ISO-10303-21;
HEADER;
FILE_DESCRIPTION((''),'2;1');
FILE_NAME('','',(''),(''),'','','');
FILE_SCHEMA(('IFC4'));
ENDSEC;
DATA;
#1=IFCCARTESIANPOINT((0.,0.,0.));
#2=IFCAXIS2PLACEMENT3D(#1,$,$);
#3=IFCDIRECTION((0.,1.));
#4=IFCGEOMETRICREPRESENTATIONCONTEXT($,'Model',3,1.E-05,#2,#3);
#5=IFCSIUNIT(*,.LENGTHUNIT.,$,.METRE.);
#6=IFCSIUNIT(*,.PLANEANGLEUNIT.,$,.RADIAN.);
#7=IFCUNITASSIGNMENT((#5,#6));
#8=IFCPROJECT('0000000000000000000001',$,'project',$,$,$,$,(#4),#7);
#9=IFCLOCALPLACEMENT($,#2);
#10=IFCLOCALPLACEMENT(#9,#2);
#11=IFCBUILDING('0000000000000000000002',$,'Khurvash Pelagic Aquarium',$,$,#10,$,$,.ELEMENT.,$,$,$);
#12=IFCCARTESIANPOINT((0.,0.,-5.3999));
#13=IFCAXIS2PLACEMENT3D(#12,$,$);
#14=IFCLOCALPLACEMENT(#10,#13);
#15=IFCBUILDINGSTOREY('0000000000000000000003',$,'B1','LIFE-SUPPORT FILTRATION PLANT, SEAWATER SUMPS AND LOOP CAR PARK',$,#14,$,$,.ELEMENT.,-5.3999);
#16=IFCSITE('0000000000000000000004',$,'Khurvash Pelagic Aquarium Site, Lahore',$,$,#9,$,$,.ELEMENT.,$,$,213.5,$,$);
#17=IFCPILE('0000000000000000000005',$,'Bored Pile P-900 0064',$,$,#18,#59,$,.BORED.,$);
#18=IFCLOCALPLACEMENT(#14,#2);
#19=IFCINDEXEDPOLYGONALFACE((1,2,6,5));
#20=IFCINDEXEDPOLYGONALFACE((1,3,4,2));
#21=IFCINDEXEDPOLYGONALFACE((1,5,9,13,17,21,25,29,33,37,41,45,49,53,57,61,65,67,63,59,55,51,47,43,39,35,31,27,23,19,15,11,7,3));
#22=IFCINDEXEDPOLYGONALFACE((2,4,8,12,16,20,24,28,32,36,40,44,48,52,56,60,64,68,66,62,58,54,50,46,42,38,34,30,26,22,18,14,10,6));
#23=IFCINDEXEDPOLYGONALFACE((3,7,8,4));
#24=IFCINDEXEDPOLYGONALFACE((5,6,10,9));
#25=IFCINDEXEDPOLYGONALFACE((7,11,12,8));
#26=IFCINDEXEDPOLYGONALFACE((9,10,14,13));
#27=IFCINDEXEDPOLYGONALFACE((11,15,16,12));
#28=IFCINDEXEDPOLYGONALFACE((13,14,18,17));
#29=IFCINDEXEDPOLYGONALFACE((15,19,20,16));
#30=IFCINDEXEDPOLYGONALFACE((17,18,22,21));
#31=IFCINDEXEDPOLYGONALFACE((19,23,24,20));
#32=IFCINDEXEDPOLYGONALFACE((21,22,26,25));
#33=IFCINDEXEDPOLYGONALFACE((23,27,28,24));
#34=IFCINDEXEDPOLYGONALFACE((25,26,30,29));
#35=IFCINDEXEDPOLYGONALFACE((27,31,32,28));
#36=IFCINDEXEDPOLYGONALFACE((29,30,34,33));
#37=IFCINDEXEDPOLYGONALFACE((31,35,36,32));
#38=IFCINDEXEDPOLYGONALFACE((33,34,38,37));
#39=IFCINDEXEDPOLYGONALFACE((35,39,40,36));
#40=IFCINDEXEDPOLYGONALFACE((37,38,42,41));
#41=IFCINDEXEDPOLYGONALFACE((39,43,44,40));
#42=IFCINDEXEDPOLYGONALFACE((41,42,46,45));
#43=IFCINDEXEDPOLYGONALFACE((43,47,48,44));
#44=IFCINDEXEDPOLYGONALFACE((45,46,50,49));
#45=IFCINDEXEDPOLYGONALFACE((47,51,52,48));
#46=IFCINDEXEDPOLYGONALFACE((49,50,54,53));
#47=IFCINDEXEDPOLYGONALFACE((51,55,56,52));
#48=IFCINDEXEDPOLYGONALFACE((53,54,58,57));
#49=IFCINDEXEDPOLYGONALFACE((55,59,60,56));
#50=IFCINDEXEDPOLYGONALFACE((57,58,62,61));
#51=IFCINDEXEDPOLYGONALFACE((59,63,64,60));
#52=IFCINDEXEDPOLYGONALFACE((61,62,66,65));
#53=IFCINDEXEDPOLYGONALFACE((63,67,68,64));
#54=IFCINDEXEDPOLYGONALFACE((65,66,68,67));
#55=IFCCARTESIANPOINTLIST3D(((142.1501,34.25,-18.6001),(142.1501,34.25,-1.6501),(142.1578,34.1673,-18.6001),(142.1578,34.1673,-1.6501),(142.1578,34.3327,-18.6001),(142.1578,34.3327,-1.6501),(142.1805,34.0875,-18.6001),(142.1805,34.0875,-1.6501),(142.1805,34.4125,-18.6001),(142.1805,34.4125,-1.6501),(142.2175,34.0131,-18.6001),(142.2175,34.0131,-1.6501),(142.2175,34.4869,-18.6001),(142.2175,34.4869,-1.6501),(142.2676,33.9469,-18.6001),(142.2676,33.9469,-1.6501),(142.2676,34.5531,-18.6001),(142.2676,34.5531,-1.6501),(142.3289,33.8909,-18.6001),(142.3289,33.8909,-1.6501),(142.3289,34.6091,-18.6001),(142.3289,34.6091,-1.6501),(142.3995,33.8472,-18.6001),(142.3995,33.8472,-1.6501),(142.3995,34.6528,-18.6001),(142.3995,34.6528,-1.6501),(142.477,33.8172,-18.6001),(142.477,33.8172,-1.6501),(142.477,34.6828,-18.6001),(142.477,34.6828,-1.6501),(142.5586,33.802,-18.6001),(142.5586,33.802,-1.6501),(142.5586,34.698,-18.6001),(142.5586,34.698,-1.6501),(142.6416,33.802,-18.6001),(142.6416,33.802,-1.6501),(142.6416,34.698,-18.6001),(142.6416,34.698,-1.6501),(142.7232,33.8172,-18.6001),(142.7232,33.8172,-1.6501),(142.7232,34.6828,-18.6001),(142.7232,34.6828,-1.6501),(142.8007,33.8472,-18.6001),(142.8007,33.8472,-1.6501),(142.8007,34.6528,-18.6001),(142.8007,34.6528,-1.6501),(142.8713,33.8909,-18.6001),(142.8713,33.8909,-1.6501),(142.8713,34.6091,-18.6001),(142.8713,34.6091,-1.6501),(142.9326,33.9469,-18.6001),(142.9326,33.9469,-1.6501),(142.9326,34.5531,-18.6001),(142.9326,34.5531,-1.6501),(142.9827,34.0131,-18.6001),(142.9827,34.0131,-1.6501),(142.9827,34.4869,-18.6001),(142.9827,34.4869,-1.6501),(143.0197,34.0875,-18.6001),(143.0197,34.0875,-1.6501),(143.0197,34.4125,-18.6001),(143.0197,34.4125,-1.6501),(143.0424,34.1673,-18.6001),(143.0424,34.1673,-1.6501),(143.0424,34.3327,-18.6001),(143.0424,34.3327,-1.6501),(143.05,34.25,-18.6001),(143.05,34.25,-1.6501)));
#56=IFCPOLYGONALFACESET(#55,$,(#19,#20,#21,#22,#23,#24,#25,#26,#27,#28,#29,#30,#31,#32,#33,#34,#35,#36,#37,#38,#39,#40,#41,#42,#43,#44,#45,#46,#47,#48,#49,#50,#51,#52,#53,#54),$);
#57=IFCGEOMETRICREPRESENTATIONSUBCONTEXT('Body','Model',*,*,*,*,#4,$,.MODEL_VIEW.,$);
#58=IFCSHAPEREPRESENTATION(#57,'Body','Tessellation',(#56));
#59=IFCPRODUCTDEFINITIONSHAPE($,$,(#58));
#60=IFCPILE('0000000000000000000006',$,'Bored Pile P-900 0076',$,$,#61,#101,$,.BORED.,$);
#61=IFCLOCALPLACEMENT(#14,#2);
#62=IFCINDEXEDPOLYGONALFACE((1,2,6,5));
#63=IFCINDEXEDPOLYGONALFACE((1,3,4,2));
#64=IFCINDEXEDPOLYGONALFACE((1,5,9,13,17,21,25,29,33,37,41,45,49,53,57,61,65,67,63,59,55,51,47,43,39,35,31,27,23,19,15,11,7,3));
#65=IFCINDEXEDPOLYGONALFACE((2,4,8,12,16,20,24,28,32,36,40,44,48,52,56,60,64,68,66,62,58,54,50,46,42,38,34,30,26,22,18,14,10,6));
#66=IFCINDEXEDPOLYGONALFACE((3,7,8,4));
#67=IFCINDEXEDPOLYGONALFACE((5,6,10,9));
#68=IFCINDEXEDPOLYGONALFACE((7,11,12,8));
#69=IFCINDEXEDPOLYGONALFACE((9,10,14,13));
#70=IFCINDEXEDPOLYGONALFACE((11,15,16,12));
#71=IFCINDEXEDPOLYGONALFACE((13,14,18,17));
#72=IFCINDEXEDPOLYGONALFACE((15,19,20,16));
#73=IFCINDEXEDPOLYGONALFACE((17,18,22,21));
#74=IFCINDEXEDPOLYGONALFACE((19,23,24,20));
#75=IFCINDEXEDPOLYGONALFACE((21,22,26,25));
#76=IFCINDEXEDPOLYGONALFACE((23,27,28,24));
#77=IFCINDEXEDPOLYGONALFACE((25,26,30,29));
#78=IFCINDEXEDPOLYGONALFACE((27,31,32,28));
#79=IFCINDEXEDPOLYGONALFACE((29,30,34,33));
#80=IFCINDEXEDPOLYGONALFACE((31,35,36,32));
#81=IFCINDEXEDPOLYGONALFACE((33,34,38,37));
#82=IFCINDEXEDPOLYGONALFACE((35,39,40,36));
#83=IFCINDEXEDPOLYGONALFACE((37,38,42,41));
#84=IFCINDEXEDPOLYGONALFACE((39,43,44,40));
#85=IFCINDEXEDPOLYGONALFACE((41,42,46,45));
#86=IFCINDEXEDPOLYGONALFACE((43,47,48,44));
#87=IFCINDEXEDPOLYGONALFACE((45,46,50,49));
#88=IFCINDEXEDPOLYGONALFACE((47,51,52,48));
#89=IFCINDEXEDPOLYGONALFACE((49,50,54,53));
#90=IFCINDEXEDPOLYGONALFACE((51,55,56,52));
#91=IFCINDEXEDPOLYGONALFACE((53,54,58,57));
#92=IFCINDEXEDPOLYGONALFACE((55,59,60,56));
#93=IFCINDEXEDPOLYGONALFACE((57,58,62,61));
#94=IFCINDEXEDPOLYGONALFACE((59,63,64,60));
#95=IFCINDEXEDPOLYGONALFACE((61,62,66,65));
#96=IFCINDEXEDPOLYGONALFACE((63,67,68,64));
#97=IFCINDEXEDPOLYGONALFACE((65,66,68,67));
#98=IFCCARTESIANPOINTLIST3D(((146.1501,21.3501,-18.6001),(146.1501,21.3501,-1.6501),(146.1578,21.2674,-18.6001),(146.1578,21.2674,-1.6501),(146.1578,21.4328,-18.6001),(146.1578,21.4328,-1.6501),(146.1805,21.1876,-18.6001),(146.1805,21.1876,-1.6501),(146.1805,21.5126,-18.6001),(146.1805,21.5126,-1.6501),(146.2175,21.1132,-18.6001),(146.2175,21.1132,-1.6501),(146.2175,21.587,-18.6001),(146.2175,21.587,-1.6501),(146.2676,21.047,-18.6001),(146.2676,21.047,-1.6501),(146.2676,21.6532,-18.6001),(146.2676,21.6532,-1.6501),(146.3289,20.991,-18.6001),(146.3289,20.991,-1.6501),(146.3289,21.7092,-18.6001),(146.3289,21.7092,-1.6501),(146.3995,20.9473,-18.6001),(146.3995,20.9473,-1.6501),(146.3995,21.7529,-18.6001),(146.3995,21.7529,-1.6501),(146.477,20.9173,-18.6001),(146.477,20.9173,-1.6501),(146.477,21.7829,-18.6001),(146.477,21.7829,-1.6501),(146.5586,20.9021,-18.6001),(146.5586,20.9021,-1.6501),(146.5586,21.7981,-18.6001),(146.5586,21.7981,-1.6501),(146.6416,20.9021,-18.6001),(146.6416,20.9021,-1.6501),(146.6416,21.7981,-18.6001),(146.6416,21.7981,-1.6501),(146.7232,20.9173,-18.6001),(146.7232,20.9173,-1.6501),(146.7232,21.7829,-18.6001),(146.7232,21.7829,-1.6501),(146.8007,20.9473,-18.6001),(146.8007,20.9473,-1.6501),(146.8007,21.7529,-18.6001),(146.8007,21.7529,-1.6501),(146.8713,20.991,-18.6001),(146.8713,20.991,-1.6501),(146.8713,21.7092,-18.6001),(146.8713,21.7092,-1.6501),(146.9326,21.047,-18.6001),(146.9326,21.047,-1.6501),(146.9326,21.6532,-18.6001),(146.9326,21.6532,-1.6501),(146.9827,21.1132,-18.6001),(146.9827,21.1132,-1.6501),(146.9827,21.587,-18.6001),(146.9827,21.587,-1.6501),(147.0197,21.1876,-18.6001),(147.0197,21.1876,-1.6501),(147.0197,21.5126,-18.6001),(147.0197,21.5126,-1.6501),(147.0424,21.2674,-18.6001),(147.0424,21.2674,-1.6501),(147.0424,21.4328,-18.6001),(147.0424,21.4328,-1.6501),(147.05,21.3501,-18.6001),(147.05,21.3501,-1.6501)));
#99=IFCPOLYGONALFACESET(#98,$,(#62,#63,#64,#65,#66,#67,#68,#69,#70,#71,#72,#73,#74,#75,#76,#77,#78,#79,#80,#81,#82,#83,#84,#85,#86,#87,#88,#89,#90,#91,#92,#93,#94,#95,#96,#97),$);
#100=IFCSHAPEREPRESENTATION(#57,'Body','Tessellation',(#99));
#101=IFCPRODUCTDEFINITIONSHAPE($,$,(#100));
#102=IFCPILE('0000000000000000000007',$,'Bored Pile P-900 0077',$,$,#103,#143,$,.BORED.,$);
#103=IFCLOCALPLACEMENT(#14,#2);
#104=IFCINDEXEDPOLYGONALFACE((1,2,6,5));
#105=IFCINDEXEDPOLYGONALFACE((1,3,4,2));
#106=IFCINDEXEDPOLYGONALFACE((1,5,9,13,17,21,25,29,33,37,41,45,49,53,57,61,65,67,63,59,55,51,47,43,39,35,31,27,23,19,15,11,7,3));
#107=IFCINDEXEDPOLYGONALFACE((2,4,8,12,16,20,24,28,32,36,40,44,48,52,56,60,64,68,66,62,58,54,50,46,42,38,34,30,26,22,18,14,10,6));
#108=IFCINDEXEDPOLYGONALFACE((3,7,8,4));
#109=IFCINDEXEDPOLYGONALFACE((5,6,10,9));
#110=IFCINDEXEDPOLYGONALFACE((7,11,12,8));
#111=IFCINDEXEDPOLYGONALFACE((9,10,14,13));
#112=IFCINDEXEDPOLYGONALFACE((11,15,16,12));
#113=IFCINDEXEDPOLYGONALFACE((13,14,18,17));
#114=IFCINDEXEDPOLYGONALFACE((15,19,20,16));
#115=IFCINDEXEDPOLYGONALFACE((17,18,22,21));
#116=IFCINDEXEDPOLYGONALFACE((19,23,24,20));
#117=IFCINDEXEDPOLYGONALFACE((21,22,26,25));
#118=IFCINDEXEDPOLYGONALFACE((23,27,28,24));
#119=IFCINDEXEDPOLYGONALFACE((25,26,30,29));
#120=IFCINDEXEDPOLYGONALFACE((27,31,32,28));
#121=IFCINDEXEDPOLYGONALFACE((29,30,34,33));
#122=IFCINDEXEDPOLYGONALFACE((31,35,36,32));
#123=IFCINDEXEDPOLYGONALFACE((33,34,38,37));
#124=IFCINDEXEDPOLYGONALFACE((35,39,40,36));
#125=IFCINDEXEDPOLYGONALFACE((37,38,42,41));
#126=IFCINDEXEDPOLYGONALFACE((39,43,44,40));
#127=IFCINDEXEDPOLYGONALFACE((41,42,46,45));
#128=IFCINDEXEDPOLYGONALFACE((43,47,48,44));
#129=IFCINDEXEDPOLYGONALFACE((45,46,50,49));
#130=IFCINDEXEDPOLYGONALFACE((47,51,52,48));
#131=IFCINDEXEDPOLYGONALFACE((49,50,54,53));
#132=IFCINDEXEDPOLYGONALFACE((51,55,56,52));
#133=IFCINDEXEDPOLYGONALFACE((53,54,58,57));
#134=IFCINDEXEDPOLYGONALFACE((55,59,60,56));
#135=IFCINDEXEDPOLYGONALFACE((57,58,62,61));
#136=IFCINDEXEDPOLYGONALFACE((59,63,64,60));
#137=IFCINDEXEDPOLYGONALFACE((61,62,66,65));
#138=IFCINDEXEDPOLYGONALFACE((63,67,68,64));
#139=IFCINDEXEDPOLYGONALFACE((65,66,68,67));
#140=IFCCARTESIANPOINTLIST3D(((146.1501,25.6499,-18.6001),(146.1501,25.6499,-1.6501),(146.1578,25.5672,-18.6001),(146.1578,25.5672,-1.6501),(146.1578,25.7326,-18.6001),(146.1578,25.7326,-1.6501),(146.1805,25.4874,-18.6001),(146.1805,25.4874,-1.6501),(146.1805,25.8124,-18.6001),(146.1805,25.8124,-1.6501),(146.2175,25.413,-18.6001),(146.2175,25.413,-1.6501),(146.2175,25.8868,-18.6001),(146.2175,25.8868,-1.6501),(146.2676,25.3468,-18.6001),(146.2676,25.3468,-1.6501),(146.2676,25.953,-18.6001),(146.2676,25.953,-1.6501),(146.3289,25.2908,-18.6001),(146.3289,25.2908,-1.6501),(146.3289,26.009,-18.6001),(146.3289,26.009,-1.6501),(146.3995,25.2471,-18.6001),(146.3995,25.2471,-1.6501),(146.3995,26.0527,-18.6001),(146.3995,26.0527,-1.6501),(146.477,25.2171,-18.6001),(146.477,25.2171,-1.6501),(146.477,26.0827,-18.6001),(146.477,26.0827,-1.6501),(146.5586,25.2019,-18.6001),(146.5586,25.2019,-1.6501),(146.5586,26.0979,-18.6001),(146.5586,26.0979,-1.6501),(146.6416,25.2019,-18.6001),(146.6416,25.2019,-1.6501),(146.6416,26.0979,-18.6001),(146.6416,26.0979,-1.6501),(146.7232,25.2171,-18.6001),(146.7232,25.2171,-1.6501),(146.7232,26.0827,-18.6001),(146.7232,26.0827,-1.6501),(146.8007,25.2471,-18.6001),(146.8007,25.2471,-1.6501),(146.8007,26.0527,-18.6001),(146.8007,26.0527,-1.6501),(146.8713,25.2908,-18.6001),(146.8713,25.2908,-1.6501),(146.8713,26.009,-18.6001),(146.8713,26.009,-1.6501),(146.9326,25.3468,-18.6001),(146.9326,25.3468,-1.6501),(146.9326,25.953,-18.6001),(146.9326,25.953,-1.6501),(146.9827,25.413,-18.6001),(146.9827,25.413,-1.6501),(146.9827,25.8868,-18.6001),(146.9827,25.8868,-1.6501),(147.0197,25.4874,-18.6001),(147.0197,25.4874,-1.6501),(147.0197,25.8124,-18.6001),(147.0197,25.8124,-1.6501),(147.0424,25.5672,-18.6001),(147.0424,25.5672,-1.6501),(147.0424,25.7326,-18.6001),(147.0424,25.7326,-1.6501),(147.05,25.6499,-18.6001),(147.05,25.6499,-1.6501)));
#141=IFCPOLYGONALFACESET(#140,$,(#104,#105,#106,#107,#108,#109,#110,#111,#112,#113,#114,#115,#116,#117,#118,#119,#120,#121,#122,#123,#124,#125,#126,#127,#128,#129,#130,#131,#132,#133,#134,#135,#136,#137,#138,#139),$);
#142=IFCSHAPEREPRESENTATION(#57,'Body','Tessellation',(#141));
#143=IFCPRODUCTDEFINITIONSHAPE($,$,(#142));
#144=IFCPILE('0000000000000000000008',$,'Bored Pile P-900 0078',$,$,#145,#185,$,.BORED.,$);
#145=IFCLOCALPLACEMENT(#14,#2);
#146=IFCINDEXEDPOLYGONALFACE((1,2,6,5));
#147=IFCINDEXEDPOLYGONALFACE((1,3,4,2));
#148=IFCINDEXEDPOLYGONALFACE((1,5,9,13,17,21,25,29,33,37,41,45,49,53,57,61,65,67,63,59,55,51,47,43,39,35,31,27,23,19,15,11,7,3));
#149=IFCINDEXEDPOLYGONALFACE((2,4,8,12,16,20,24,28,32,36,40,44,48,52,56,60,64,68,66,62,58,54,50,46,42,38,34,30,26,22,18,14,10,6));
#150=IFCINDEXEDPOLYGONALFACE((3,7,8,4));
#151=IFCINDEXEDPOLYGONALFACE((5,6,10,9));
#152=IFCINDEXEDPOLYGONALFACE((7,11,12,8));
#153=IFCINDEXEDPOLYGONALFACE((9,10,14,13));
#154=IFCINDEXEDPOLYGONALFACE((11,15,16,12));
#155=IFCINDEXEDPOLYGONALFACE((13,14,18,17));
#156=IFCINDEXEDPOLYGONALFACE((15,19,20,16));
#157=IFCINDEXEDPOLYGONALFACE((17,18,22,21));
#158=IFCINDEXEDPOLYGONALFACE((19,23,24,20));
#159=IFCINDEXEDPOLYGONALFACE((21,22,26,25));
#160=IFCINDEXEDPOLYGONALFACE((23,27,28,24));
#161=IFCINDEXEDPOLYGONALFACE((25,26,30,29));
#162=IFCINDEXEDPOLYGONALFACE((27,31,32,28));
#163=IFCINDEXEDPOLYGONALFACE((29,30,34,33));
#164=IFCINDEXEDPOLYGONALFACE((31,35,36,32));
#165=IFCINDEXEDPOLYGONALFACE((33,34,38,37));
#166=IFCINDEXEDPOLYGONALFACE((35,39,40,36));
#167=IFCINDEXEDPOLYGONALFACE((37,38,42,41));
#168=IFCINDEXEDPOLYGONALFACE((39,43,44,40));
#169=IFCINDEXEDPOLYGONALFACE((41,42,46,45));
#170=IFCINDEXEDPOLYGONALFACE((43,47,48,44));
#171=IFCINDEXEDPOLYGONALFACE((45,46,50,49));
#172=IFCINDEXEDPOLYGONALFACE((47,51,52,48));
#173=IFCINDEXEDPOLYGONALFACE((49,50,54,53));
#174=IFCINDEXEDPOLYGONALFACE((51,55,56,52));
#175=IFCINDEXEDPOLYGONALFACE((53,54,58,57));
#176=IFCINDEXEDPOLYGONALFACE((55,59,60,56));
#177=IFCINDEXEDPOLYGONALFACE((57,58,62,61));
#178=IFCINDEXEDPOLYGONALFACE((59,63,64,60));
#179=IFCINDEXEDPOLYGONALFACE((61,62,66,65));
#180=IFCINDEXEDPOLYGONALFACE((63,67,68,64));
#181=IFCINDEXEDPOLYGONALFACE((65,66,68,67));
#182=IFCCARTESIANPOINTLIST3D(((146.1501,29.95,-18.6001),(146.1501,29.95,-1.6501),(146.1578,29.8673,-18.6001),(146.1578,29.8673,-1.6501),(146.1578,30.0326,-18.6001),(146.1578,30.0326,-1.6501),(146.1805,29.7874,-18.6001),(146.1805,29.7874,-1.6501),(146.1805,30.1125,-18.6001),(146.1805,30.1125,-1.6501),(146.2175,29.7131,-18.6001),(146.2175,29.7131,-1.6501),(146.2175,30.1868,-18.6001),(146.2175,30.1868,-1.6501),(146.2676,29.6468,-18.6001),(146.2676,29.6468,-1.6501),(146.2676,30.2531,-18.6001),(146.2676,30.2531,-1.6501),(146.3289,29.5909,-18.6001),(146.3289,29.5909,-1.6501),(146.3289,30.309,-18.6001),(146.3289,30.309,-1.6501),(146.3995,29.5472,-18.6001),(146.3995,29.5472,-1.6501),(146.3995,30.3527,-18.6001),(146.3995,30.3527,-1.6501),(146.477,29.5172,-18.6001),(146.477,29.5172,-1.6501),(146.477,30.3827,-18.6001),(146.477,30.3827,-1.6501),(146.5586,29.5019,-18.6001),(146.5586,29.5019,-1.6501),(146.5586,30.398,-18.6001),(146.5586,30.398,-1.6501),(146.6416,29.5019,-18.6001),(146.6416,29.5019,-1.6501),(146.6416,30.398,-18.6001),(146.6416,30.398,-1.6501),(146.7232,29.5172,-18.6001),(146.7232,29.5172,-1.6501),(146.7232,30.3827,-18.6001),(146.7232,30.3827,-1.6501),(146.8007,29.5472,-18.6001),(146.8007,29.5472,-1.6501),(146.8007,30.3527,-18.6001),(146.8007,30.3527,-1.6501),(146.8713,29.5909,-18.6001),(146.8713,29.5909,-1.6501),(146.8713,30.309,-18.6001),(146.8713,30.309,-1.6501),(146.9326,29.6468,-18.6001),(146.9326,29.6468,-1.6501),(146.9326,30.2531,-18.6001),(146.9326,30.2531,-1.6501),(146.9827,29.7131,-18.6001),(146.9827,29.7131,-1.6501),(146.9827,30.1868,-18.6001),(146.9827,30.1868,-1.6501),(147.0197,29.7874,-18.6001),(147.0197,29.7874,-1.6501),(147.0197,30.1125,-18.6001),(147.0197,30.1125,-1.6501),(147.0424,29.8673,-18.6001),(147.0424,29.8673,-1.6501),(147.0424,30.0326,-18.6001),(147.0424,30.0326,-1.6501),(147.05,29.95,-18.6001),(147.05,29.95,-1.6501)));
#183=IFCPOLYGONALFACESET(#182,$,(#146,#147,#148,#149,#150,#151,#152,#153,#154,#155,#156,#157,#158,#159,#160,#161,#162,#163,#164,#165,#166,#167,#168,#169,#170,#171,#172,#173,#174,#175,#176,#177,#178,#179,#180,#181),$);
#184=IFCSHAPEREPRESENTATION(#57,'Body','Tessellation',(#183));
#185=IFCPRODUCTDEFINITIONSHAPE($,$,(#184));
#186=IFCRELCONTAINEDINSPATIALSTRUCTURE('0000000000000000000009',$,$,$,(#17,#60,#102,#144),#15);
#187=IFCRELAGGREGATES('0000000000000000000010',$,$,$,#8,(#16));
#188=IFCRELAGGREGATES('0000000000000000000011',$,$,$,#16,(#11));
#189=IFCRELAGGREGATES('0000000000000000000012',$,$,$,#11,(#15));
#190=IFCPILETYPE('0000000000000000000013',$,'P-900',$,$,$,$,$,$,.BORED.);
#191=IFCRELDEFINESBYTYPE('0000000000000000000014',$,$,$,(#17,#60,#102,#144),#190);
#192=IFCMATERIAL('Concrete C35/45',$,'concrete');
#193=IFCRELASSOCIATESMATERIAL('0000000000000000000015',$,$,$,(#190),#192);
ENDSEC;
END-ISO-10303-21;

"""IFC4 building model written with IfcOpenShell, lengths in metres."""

from ifc_helpers import new_model, si_unit, direction, frame, origin, origin_2d, place, context, subcontext, project, spatial, circle, extrude, material, material_profile, profile_set, type_object, element, save


model = new_model("IFC4")

# Units and contexts
model_context = context("Model", 3, precision=1e-05, world=origin(), true_north=direction((0.0, 1.0)))
body_context = subcontext(model_context, "Body", "Model", "MODEL_VIEW")
ifc_project = project(units=[si_unit("LENGTHUNIT", "METRE"), si_unit("PLANEANGLEUNIT", "RADIAN")], contexts=[model_context])

# Site, building, storey
site_placement = place(None, origin())
site = spatial("IfcSite", under=ifc_project, at=site_placement, Name="Khurvash Pelagic Aquarium Site, Lahore", CompositionType="ELEMENT", RefElevation=213.5)
building_placement = place(site_placement, origin())
building = spatial("IfcBuilding", under=site, at=building_placement, Name="Khurvash Pelagic Aquarium", CompositionType="ELEMENT")
storey_placement = place(building_placement, frame((0.0, 0.0, -5.3999)))
storey = spatial("IfcBuildingStorey", under=building, at=storey_placement, Name="B1", Description="LIFE-SUPPORT FILTRATION PLANT, SEAWATER SUMPS AND LOOP CAR PARK", CompositionType="ELEMENT", Elevation=-5.3999)

# Piles
ifc_material_1 = material(Name="Concrete C35/45", Category="concrete")
ifc_material_profile_1 = material_profile(ifc_material_1, circle(Radius=0.45, at=origin_2d()), Name="PILE900")
ifc_profile_set_1 = profile_set([ifc_material_profile_1], Name="Concrete C35/45")
pile_type = type_object("IfcPileType", Name="P-900", PredefinedType="BORED", material=ifc_profile_set_1)
for number, where, z_axis, x_axis, name in (
    (1, (142.6001, 34.25, -1.6501), (0.0, 0.0, -1.0), (1.0, 0.0, 0.0), "Bored Pile P-900 0064"),
    (2, (146.6001, 21.3501, -1.6501), (0.0, 0.0, -1.0), (1.0, 0.0, 0.0), "Bored Pile P-900 0076"),
    (3, (146.6001, 25.6499, -1.6501), (0.0, 0.0, -1.0), (1.0, 0.0, 0.0), "Bored Pile P-900 0077"),
    (4, (146.6001, 29.95, -1.6501), (0.0, 0.0, -1.0), (1.0, 0.0, 0.0), "Bored Pile P-900 0078"),
):
    element("IfcPile", number, at=place(storey_placement, frame(where, z_axis=z_axis, x_axis=x_axis)), inside=storey, type_object=pile_type, Name=name, PredefinedType="BORED", context=body_context, shape_type="SweptSolid", body=[
        extrude(circle(Radius=0.45, at=origin_2d()), origin(), (0.0, 0.0, 1.0), 16.95),
    ])

save(model, "model.ifc")
